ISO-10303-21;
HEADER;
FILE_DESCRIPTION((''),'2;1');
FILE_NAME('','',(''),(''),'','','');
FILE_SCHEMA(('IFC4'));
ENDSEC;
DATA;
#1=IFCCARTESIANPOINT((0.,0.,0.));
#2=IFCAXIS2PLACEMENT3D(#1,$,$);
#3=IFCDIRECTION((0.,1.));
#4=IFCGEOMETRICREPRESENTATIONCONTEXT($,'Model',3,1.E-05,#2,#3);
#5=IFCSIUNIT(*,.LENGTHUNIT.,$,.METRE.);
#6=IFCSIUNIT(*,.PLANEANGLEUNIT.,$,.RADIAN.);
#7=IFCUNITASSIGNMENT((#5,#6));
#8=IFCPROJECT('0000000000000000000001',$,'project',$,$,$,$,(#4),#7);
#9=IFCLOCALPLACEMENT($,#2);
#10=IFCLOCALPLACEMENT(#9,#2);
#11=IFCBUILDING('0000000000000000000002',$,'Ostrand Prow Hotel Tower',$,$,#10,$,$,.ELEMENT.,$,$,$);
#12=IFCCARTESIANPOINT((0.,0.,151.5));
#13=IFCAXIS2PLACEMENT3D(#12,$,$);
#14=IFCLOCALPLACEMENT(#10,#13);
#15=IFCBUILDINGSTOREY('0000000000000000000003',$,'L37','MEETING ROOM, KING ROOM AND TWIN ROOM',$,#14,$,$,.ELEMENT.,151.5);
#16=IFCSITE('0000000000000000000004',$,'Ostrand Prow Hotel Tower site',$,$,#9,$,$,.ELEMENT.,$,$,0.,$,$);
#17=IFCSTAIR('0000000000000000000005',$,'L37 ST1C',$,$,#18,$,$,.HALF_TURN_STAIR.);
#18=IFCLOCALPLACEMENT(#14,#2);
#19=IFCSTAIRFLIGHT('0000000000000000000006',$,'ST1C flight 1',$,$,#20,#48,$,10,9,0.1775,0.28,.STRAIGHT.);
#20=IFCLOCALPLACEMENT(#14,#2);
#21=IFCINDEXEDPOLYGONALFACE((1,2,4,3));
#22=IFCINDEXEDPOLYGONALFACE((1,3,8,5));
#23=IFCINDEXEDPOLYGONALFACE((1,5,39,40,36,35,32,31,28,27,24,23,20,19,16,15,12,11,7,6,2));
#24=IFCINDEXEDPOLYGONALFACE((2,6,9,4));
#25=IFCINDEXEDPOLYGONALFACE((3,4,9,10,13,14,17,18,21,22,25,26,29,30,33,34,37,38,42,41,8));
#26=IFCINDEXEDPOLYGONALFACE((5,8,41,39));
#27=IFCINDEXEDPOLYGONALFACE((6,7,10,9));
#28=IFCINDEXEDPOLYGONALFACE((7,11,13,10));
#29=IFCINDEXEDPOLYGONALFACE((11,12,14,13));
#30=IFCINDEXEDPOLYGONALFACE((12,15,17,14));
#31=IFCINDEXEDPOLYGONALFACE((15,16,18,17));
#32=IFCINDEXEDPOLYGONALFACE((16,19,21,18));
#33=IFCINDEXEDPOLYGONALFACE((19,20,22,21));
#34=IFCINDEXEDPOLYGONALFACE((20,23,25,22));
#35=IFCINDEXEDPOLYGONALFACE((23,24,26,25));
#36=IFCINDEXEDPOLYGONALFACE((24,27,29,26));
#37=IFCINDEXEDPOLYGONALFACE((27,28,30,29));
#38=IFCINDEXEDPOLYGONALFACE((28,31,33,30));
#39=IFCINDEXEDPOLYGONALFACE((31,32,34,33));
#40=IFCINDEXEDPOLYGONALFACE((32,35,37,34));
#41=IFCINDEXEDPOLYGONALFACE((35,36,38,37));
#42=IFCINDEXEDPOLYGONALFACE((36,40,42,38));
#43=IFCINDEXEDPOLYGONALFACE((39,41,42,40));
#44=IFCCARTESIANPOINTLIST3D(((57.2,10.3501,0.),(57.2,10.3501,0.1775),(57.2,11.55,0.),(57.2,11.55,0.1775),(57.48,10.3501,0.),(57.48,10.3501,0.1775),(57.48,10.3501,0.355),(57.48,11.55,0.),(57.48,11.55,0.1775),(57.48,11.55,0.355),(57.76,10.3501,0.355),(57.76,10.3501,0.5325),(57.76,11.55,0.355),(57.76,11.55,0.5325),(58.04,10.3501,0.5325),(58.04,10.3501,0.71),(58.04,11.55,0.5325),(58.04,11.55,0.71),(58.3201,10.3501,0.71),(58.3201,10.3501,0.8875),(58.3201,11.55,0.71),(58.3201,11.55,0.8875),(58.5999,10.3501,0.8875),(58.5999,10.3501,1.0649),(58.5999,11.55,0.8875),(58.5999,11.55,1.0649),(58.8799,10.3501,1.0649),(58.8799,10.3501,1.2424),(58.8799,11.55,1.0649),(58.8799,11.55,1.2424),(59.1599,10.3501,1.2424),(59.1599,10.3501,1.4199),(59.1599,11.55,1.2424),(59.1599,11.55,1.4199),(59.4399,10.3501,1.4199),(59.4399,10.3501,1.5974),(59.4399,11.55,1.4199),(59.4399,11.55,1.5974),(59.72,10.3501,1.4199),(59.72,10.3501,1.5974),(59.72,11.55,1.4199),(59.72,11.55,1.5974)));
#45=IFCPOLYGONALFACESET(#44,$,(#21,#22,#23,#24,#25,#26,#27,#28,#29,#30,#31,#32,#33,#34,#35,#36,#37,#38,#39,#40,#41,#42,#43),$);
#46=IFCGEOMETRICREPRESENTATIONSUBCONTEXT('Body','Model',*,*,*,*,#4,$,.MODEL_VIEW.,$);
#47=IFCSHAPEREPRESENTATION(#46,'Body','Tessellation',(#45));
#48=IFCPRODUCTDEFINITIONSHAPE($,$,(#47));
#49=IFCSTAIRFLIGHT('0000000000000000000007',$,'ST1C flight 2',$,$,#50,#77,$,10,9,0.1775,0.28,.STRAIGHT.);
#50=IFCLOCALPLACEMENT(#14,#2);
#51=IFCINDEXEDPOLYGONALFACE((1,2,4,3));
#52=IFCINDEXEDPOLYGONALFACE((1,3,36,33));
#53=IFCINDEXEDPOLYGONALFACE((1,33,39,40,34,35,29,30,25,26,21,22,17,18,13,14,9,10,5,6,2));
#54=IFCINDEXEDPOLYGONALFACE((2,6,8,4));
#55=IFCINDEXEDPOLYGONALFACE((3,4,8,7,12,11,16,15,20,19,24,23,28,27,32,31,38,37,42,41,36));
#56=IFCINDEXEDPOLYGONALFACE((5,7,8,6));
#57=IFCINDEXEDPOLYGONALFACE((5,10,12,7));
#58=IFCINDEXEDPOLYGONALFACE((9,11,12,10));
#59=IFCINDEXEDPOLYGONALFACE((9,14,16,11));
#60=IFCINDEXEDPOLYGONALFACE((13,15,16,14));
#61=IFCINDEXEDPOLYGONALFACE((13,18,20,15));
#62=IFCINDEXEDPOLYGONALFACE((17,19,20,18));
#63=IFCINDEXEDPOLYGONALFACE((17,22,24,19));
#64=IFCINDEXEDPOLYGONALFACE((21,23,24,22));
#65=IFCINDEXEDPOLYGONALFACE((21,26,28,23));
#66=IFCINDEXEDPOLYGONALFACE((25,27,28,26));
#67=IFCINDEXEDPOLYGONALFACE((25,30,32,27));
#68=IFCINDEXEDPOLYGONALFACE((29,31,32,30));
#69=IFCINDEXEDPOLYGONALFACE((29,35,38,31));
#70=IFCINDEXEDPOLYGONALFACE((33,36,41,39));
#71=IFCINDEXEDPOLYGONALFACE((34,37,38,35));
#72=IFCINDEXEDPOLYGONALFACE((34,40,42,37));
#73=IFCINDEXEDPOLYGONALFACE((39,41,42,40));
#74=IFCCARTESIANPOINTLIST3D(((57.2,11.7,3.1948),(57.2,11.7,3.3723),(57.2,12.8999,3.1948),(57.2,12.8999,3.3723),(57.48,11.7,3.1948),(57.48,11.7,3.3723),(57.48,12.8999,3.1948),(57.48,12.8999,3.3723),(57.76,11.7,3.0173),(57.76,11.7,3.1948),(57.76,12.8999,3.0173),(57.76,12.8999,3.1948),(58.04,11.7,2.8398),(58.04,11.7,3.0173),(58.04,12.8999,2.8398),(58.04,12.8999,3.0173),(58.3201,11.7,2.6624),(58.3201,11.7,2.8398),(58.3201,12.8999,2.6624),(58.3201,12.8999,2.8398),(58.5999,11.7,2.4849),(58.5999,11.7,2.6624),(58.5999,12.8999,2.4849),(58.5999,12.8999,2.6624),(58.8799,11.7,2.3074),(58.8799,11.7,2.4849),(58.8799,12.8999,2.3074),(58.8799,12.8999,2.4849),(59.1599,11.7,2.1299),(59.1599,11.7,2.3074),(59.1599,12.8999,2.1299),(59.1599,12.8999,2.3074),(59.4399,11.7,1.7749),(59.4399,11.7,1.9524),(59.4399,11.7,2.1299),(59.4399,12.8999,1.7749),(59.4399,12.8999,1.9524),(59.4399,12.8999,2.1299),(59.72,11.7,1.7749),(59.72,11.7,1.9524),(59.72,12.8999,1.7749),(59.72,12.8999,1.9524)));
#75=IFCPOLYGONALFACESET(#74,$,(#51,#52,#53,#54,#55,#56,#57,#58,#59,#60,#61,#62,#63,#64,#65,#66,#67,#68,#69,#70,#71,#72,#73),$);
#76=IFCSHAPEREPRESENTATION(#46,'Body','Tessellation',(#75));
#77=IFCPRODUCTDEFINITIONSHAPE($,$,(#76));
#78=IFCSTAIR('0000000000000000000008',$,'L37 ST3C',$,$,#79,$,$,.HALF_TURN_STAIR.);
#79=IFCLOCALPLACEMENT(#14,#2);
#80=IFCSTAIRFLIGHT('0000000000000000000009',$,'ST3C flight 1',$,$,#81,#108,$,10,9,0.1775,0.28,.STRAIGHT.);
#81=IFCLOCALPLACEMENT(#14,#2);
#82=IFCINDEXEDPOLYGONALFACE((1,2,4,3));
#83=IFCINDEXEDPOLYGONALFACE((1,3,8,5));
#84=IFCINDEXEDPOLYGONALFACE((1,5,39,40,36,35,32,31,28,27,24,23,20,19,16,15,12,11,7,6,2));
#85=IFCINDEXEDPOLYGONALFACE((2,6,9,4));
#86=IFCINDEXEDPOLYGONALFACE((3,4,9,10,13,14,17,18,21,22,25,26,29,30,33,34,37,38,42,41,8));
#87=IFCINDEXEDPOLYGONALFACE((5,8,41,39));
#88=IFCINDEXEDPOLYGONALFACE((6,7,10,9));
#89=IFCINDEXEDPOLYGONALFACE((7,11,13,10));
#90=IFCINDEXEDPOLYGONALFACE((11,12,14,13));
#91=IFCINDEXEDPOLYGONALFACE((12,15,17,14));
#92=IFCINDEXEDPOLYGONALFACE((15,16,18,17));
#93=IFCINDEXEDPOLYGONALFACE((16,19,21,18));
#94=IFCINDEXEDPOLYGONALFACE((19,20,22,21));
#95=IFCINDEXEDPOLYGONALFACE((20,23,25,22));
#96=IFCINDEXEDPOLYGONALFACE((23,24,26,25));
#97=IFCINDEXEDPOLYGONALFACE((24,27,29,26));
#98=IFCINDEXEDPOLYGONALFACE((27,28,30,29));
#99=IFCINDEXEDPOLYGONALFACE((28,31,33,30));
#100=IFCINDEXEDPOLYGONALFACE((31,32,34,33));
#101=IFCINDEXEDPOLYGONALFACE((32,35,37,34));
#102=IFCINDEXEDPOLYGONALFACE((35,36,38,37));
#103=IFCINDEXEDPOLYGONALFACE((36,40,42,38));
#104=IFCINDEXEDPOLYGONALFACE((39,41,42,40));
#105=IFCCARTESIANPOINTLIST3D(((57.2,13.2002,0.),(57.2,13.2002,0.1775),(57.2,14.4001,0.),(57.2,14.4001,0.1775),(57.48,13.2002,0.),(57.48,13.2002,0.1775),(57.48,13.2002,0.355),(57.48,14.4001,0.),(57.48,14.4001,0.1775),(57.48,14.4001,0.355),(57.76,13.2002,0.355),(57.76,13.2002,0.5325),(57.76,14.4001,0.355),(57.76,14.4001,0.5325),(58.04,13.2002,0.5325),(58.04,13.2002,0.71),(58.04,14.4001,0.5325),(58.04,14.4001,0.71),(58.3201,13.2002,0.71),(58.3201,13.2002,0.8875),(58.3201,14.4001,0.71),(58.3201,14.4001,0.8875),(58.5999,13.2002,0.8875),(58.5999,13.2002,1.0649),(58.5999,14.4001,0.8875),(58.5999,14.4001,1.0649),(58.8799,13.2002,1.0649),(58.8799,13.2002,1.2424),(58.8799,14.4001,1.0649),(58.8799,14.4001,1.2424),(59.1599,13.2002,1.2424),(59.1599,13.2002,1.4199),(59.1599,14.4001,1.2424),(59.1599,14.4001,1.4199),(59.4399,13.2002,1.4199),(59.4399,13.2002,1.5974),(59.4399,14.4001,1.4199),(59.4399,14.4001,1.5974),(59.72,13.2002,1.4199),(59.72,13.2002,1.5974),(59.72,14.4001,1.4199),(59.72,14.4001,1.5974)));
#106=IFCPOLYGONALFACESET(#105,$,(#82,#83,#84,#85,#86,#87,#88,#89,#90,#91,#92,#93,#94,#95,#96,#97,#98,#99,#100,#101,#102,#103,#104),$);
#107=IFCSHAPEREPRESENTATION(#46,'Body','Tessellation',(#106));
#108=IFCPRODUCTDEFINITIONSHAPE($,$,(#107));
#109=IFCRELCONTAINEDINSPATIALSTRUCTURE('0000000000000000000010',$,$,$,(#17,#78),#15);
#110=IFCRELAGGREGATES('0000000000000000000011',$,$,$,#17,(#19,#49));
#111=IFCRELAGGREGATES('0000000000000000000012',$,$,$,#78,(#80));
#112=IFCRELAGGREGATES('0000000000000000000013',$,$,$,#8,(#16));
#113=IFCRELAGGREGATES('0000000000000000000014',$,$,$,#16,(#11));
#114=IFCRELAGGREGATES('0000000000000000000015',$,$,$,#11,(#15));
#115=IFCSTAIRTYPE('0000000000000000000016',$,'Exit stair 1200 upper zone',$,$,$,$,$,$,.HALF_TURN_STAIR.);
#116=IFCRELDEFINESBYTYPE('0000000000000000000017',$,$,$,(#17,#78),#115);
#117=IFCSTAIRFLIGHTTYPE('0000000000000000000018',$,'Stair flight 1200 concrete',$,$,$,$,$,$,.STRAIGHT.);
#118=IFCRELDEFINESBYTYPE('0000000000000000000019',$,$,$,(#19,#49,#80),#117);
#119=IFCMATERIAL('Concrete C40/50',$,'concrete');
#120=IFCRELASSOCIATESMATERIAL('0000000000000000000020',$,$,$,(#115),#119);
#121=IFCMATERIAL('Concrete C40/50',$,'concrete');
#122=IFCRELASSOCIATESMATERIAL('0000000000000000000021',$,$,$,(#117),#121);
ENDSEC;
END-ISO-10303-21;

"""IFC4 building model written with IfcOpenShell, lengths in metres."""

from ifc_helpers import new_model, si_unit, direction, frame, origin, place, context, subcontext, project, spatial, polyline, outline, extrude, material, type_object, element, aggregate, save


model = new_model("IFC4")

# Units and contexts
model_context = context("Model", 3, precision=1e-05, world=origin(), true_north=direction((0.0, 1.0)))
body_context = subcontext(model_context, "Body", "Model", "MODEL_VIEW")
ifc_project = project(units=[si_unit("LENGTHUNIT", "METRE"), si_unit("PLANEANGLEUNIT", "RADIAN")], contexts=[model_context])

# Site, building, storey
site_placement = place(None, origin())
site = spatial("IfcSite", under=ifc_project, at=site_placement, Name="Ostrand Prow Hotel Tower site", CompositionType="ELEMENT", RefElevation=0.0)
building_placement = place(site_placement, origin())
building = spatial("IfcBuilding", under=site, at=building_placement, Name="Ostrand Prow Hotel Tower", CompositionType="ELEMENT")
storey_placement = place(building_placement, frame((0.0, 0.0, 151.5)))
storey = spatial("IfcBuildingStorey", under=building, at=storey_placement, Name="L37", Description="MEETING ROOM, KING ROOM AND TWIN ROOM", CompositionType="ELEMENT", Elevation=151.5)

# Stair, stair flights
ifc_material_1 = material(Name="Concrete C40/50", Category="concrete")
stair_type = type_object("IfcStairType", Name="Exit stair 1200 upper zone", PredefinedType="HALF_TURN_STAIR", material=ifc_material_1)
stair_1_placement = place(storey_placement, origin())
stair_1 = element("IfcStair", 1, at=stair_1_placement, inside=storey, type_object=stair_type, Name="L37 ST1C", PredefinedType="HALF_TURN_STAIR")
ifc_material_2 = material(Name="Concrete C40/50", Category="concrete")
stair_flight_type = type_object("IfcStairFlightType", Name="Stair flight 1200 concrete", PredefinedType="STRAIGHT", material=ifc_material_2)
stair_flight_1_placement = place(storey_placement, frame((57.2, 10.95, 0.0), z_axis=(0.0, 0.0, 1.0), x_axis=(1.0, 0.0, 0.0)))
stair_flight_1 = element("IfcStairFlight", 2, at=stair_flight_1_placement, type_object=stair_flight_type, Name="ST1C flight 1", NumberOfRisers=10, NumberOfTreads=9, PredefinedType="STRAIGHT", RiserHeight=0.1775, TreadLength=0.28, context=body_context, shape_type="SweptSolid", body=[
    extrude(outline(polyline([(0.0, 0.0), (0.0, 0.1775), (0.28, 0.1775), (0.28, 0.355), (0.5601, 0.355), (0.5601, 0.5325), (0.8401, 0.5325), (0.8401, 0.71), (1.1201, 0.71), (1.1201, 0.8875), (1.3999, 0.8875), (1.3999, 1.0649), (1.6799, 1.0649), (1.6799, 1.2424), (1.96, 1.2424), (1.96, 1.4199), (2.24, 1.4199), (2.24, 1.5974), (2.52, 1.5974), (2.52, 1.7749), (2.52, 1.4199), (0.28, 0.0), (0.0, 0.0)])), frame((0.0, 0.6001, 0.0), z_axis=(0.0, -1.0, 0.0), x_axis=(1.0, 0.0, 0.0)), (0.0, 0.0, 1.0), 1.2),
])
stair_flight_2_placement = place(storey_placement, frame((59.72, 12.3, 1.7749), z_axis=(0.0, 0.0, 1.0), x_axis=(-1.0, 0.0, 0.0)))
stair_flight_2 = element("IfcStairFlight", 3, at=stair_flight_2_placement, type_object=stair_flight_type, Name="ST1C flight 2", NumberOfRisers=10, NumberOfTreads=9, PredefinedType="STRAIGHT", RiserHeight=0.1775, TreadLength=0.28, context=body_context, shape_type="SweptSolid", body=[
    extrude(outline(polyline([(0.0, 0.0), (0.0, 0.1775), (0.28, 0.1775), (0.28, 0.355), (0.5601, 0.355), (0.5601, 0.5325), (0.8401, 0.5325), (0.8401, 0.71), (1.1201, 0.71), (1.1201, 0.8875), (1.3999, 0.8875), (1.3999, 1.0649), (1.6799, 1.0649), (1.6799, 1.2424), (1.96, 1.2424), (1.96, 1.4199), (2.24, 1.4199), (2.24, 1.5974), (2.52, 1.5974), (2.52, 1.7749), (2.52, 1.4199), (0.28, 0.0), (0.0, 0.0)])), frame((0.0, 0.6001, 0.0), z_axis=(0.0, -1.0, 0.0), x_axis=(1.0, 0.0, 0.0)), (0.0, 0.0, 1.0), 1.2),
])
aggregate(stair_1, [stair_flight_1, stair_flight_2])

# Stair, stair flight
stair_2_placement = place(storey_placement, origin())
stair_2 = element("IfcStair", 4, at=stair_2_placement, inside=storey, type_object=stair_type, Name="L37 ST3C", PredefinedType="HALF_TURN_STAIR")
stair_flight_3_placement = place(storey_placement, frame((57.2, 13.8, 0.0), z_axis=(0.0, 0.0, 1.0), x_axis=(1.0, 0.0, 0.0)))
stair_flight_3 = element("IfcStairFlight", 5, at=stair_flight_3_placement, type_object=stair_flight_type, Name="ST3C flight 1", NumberOfRisers=10, NumberOfTreads=9, PredefinedType="STRAIGHT", RiserHeight=0.1775, TreadLength=0.28, context=body_context, shape_type="SweptSolid", body=[
    extrude(outline(polyline([(0.0, 0.0), (0.0, 0.1775), (0.28, 0.1775), (0.28, 0.355), (0.5601, 0.355), (0.5601, 0.5325), (0.8401, 0.5325), (0.8401, 0.71), (1.1201, 0.71), (1.1201, 0.8875), (1.3999, 0.8875), (1.3999, 1.0649), (1.6799, 1.0649), (1.6799, 1.2424), (1.96, 1.2424), (1.96, 1.4199), (2.24, 1.4199), (2.24, 1.5974), (2.52, 1.5974), (2.52, 1.7749), (2.52, 1.4199), (0.28, 0.0), (0.0, 0.0)])), frame((0.0, 0.6001, 0.0), z_axis=(0.0, -1.0, 0.0), x_axis=(1.0, 0.0, 0.0)), (0.0, 0.0, 1.0), 1.2),
])
aggregate(stair_2, [stair_flight_3])

save(model, "model.ifc")
